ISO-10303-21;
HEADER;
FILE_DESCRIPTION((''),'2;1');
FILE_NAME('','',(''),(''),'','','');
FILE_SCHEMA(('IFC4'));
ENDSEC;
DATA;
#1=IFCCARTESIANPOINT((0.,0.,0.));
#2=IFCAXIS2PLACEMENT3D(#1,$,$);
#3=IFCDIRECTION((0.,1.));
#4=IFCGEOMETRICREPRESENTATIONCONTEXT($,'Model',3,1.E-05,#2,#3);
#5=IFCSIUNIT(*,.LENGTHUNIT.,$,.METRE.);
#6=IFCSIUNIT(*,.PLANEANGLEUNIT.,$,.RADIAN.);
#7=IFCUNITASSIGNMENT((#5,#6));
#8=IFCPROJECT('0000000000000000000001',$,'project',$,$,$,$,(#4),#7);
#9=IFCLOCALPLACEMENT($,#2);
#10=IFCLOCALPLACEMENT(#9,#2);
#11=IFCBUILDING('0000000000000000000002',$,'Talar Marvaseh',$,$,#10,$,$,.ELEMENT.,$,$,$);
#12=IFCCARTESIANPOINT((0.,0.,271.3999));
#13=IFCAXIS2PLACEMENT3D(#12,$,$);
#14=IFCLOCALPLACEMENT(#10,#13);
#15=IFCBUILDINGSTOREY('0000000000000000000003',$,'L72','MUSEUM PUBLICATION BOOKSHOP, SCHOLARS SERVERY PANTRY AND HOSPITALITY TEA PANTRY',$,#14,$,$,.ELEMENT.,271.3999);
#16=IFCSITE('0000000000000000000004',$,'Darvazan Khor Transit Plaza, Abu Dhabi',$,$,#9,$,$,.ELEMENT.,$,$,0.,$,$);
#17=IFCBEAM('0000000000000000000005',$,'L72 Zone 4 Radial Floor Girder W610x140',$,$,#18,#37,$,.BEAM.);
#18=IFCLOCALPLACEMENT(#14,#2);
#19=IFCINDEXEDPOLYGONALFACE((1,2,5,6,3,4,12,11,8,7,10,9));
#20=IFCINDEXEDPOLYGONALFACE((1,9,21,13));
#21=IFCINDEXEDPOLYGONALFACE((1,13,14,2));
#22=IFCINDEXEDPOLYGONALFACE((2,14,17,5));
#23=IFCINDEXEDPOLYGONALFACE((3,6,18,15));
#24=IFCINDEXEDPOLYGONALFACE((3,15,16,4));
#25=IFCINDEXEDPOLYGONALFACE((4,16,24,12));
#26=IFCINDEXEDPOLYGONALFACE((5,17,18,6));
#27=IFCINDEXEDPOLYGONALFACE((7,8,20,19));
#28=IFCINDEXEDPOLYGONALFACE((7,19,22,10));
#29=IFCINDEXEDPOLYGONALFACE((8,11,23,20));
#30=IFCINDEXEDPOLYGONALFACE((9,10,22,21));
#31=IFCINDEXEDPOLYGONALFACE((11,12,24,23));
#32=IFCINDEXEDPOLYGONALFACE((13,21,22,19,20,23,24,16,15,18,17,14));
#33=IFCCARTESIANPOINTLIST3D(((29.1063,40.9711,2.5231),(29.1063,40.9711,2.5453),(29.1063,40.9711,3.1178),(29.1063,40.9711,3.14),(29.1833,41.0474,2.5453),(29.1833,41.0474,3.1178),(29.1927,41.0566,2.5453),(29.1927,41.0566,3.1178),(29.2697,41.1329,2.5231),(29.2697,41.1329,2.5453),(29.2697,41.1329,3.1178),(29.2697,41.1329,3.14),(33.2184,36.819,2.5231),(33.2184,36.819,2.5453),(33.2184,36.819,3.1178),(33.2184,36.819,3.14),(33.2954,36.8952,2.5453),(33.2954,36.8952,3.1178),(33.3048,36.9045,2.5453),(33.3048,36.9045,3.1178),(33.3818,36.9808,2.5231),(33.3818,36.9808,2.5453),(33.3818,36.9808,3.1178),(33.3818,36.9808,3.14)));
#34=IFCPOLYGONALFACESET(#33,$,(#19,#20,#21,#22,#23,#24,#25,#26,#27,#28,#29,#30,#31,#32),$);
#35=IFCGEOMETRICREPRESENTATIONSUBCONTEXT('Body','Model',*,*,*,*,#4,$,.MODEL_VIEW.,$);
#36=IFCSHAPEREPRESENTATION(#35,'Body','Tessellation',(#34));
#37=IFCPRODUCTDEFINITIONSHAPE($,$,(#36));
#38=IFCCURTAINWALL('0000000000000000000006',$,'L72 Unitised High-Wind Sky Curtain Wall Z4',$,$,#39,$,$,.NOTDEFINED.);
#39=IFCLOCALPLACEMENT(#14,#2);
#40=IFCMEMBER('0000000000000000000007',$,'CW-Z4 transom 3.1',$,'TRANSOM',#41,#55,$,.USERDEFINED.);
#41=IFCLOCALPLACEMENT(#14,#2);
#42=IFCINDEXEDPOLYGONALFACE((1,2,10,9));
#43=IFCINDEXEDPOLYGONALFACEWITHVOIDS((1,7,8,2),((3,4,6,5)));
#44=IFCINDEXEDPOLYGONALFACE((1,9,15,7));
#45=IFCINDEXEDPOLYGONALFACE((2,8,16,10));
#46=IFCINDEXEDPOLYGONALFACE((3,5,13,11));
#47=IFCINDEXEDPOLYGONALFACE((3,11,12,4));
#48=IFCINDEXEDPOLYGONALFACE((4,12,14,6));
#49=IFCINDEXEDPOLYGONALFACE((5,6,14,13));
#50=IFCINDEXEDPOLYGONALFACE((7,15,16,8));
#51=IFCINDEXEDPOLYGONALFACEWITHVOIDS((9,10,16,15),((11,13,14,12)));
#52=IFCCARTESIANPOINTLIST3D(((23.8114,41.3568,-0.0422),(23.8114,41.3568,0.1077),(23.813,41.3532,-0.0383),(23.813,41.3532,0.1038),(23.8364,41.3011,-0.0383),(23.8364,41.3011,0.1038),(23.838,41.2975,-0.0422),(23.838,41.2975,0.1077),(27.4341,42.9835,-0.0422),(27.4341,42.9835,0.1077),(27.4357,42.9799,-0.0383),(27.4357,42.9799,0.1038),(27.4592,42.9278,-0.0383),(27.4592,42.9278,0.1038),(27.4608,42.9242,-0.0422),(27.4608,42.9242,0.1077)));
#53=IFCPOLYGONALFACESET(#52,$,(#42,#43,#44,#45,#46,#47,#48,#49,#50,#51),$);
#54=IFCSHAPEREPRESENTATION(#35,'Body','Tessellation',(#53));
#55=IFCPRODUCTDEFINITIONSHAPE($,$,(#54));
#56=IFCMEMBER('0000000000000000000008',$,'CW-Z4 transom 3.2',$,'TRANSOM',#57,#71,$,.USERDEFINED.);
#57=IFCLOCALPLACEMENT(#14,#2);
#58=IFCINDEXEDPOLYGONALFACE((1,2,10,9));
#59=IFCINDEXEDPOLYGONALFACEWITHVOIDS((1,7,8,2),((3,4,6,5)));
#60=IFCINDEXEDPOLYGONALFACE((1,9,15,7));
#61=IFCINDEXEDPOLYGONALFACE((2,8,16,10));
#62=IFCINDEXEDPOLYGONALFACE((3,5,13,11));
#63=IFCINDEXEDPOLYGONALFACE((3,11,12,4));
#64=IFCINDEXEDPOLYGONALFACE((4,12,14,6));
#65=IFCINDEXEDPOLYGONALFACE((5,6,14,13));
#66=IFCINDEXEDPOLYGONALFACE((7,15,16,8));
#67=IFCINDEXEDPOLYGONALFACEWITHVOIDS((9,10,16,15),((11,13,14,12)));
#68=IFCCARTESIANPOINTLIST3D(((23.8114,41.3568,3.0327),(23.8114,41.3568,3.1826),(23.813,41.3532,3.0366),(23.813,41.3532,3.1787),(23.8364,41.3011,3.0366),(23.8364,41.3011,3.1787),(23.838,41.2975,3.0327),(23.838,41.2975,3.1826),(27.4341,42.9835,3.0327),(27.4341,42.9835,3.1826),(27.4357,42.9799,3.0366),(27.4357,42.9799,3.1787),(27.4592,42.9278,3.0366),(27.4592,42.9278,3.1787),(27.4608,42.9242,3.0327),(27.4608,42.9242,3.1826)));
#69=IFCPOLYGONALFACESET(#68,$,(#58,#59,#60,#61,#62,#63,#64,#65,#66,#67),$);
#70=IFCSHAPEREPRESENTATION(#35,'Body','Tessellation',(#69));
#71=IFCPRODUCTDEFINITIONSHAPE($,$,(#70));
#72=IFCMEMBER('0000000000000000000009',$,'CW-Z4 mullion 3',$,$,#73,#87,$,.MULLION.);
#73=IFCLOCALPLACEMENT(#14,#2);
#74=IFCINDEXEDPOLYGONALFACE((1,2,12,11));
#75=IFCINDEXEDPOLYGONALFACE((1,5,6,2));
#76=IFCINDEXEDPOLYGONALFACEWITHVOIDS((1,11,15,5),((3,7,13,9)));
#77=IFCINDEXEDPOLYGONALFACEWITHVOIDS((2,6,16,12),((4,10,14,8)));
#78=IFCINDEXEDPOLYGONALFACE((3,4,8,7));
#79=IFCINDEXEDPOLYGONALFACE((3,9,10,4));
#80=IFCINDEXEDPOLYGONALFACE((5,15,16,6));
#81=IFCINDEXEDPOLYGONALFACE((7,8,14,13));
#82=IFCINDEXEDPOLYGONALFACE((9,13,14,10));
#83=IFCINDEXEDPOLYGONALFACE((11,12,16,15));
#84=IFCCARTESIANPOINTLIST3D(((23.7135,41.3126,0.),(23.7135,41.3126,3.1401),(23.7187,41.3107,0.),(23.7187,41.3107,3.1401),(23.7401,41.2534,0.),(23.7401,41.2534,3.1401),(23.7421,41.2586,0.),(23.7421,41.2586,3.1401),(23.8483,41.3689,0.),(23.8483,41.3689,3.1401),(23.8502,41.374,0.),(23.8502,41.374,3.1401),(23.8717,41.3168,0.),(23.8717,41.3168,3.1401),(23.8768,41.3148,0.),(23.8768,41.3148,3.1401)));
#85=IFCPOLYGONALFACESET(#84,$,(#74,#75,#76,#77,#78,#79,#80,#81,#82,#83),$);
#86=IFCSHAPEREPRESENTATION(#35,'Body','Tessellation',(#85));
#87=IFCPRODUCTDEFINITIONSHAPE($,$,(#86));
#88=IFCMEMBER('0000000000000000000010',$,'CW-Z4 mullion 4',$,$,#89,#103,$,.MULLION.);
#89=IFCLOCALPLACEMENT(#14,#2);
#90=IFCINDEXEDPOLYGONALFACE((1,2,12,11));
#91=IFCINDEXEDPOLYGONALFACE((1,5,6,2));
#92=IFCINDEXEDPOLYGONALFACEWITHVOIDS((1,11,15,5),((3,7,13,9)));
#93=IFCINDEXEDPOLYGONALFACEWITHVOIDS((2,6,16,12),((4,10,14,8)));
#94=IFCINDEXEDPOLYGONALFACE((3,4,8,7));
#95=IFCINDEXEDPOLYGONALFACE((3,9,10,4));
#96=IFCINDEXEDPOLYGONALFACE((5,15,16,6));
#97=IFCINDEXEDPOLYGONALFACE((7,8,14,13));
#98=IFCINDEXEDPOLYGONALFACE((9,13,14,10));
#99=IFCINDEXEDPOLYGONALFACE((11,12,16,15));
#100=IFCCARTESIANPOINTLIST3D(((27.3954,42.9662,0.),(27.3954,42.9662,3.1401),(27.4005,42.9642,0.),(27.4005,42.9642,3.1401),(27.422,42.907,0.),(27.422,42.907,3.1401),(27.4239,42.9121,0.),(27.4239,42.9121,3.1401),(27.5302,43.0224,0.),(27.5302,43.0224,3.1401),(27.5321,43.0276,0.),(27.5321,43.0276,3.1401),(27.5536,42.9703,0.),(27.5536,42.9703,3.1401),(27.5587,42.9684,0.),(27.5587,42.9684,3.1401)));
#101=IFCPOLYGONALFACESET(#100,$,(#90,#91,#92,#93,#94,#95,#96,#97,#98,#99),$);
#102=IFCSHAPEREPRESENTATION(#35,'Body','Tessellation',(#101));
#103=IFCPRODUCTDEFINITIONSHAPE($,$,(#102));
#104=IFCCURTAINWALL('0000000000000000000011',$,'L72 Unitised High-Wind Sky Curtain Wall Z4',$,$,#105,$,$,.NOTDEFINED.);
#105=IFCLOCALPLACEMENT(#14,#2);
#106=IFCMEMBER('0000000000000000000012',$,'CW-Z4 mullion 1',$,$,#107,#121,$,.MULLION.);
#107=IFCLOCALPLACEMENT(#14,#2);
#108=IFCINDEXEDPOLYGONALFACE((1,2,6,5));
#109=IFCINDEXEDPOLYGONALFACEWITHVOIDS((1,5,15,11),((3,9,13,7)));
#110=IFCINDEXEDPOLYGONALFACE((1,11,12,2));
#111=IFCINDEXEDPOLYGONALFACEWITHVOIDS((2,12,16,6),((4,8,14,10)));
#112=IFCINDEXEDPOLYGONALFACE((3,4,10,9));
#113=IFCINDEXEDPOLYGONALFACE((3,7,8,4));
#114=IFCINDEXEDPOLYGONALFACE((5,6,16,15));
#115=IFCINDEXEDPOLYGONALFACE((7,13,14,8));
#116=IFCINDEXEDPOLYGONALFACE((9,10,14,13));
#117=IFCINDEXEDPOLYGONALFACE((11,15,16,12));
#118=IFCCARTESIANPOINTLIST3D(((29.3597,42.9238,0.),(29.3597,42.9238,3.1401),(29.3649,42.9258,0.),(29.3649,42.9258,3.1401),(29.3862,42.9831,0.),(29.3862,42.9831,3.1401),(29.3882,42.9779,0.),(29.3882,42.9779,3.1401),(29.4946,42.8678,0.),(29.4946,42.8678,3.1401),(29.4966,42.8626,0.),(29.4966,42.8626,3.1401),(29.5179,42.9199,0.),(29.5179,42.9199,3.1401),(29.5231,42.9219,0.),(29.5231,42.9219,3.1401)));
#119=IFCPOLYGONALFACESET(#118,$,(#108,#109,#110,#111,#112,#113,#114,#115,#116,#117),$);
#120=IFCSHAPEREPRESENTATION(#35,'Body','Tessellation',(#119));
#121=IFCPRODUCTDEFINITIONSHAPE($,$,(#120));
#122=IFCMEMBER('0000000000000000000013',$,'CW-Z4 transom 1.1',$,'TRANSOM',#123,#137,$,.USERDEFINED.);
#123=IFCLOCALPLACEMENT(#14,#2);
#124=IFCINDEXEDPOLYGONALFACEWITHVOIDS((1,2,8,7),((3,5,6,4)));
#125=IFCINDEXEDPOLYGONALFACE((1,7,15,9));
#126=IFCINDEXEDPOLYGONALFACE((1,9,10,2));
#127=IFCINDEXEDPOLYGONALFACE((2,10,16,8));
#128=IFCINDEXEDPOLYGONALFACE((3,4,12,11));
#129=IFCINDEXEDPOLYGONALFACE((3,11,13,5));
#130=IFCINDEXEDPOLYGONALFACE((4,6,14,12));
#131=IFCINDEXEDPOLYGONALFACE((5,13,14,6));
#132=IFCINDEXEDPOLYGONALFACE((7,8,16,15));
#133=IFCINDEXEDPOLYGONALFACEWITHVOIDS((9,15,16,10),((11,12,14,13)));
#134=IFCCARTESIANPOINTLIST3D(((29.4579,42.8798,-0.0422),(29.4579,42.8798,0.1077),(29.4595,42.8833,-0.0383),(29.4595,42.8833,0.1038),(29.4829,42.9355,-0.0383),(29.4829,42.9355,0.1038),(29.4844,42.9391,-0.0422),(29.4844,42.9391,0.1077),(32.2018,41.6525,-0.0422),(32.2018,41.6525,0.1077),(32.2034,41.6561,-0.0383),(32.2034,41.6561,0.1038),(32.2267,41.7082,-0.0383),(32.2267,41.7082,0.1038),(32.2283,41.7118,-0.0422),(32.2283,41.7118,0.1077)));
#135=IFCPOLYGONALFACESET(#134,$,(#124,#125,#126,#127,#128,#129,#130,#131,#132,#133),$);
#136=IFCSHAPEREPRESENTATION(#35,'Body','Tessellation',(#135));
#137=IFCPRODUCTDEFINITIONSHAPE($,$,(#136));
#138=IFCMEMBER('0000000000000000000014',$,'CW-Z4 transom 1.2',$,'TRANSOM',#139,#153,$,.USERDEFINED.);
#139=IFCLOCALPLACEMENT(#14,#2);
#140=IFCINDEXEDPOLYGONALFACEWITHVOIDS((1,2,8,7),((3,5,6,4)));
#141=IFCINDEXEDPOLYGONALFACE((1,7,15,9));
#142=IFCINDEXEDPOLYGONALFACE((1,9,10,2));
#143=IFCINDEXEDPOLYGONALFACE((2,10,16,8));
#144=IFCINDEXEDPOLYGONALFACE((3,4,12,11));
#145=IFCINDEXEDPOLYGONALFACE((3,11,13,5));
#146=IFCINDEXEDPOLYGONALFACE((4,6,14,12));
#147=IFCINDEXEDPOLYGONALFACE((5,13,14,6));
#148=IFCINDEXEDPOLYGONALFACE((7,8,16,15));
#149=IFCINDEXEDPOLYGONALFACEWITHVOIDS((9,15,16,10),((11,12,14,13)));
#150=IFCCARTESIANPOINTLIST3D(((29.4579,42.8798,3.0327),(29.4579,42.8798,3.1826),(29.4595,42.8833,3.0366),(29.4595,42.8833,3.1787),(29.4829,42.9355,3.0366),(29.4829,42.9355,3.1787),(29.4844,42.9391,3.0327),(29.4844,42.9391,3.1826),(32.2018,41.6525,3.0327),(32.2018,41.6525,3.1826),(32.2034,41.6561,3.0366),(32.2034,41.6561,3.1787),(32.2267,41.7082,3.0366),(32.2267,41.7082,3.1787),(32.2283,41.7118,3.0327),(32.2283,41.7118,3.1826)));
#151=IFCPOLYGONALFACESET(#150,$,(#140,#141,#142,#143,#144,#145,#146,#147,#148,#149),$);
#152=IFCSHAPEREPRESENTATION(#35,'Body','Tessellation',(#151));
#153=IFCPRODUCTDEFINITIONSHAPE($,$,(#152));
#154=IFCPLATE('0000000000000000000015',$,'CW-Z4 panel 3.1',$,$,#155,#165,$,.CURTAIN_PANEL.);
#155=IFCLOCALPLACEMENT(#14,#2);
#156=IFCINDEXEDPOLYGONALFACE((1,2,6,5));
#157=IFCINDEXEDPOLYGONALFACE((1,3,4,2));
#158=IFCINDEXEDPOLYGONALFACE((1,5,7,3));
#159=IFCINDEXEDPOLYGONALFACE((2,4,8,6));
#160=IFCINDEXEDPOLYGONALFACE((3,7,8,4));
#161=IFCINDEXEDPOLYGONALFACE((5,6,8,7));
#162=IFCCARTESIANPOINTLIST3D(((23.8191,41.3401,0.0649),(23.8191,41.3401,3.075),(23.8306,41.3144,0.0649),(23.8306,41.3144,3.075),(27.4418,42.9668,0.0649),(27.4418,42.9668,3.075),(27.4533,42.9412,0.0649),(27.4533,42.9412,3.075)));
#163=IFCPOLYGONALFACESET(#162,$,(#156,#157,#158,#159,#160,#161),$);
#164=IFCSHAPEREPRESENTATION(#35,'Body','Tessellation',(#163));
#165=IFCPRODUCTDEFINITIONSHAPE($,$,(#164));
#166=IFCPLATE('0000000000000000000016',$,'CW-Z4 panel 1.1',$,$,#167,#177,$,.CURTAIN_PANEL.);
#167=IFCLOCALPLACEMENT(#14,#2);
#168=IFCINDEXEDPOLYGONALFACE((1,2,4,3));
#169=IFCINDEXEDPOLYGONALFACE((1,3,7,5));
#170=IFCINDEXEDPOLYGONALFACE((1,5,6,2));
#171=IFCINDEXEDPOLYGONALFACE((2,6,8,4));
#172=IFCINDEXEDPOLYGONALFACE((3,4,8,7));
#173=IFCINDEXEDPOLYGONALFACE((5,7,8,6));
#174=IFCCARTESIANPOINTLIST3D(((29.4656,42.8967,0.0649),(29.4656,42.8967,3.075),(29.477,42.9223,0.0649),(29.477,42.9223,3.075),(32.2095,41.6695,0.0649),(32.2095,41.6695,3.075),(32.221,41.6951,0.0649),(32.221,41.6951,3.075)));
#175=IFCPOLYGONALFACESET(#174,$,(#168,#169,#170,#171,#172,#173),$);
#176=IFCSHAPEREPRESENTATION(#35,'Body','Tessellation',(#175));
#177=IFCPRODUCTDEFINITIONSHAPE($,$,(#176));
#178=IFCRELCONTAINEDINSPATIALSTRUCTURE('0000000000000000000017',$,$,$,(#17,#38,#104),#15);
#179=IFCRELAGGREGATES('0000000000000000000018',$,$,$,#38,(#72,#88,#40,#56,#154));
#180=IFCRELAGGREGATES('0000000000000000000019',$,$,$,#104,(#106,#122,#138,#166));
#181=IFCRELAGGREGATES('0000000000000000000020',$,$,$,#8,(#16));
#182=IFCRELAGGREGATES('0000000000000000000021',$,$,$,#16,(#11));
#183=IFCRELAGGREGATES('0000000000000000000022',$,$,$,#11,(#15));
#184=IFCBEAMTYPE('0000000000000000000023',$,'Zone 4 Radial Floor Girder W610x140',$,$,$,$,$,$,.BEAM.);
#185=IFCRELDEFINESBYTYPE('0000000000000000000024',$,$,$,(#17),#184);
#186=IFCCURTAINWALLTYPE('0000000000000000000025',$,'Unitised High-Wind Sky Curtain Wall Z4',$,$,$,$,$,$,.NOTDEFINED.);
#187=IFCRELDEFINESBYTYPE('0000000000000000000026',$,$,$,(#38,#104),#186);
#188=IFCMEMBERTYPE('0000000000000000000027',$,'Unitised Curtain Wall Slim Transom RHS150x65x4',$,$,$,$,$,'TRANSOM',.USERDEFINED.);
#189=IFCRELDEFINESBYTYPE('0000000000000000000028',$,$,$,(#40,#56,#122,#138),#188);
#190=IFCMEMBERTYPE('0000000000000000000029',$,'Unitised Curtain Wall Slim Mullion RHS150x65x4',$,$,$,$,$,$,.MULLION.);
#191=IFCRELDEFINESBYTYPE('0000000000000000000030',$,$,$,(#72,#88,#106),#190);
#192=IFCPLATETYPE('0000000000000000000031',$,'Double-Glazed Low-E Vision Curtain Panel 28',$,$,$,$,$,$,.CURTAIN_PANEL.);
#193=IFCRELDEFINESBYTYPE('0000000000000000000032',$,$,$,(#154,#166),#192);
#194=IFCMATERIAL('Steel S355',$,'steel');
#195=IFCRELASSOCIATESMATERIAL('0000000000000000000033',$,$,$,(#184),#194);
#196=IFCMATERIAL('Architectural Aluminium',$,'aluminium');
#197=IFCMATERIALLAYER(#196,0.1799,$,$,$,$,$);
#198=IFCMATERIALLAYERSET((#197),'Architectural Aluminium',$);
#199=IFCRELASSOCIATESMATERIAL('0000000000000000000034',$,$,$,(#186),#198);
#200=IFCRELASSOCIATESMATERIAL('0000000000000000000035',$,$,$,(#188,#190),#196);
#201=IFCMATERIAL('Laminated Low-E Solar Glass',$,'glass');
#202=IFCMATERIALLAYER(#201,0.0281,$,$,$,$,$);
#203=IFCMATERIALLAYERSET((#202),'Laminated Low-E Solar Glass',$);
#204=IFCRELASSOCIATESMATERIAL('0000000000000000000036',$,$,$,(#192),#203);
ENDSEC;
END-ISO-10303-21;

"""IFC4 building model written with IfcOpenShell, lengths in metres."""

from ifc_helpers import new_model, si_unit, direction, frame, origin, origin_2d, place, context, subcontext, project, spatial, rectangle, hollow_rectangle, i_section, extrude, source, transform, mapped, material, layer, layer_set, material_profile, profile_set, type_object, type_shapes, element, aggregate, save


model = new_model("IFC4")

# Units and contexts
model_context = context("Model", 3, precision=1e-05, world=origin(), true_north=direction((0.0, 1.0)))
body_context = subcontext(model_context, "Body", "Model", "MODEL_VIEW")
ifc_project = project(units=[si_unit("LENGTHUNIT", "METRE"), si_unit("PLANEANGLEUNIT", "RADIAN")], contexts=[model_context])

# Site, building, storey
site_placement = place(None, origin())
site = spatial("IfcSite", under=ifc_project, at=site_placement, Name="Darvazan Khor Transit Plaza, Abu Dhabi", CompositionType="ELEMENT", RefElevation=0.0)
building_placement = place(site_placement, origin())
building = spatial("IfcBuilding", under=site, at=building_placement, Name="Talar Marvaseh", CompositionType="ELEMENT")
storey_placement = place(building_placement, frame((0.0, 0.0, 271.3999)))
storey = spatial("IfcBuildingStorey", under=building, at=storey_placement, Name="L72", Description="MUSEUM PUBLICATION BOOKSHOP, SCHOLARS SERVERY PANTRY AND HOSPITALITY TEA PANTRY", CompositionType="ELEMENT", Elevation=271.3999)

# Beam
ifc_material_1 = material(Name="Steel S355", Category="steel")
ifc_material_profile_1 = material_profile(ifc_material_1, i_section(OverallWidth=0.23, OverallDepth=0.6169, WebThickness=0.0132, FlangeThickness=0.0222, at=origin_2d()), Name="W610x140")
ifc_profile_set_1 = profile_set([ifc_material_profile_1], Name="Steel S355")
beam_type = type_object("IfcBeamType", Name="Zone 4 Radial Floor Girder W610x140", PredefinedType="BEAM", material=ifc_profile_set_1)
beam_placement = place(storey_placement, frame((29.188, 41.052, 2.8315), z_axis=(0.703673, -0.710524, 0.0), x_axis=(0.710524, 0.703673, 0.0)))
element("IfcBeam", 1, at=beam_placement, inside=storey, type_object=beam_type, Name="L72 Zone 4 Radial Floor Girder W610x140", PredefinedType="BEAM", context=body_context, shape_type="SweptSolid", body=[
    extrude(i_section(OverallWidth=0.23, OverallDepth=0.6169, WebThickness=0.0132, FlangeThickness=0.0222, at=origin_2d()), origin(), (0.0, 0.0, 1.0), 5.8438),
])

# Curtain walls, members
ifc_material_2 = material(Name="Architectural Aluminium", Category="aluminium")
ifc_layer_1 = layer(ifc_material_2, 0.1799)
ifc_layer_set_1 = layer_set([ifc_layer_1], Name="Architectural Aluminium")
curtain_wall_type = type_object("IfcCurtainWallType", Name="Unitised High-Wind Sky Curtain Wall Z4", PredefinedType="NOTDEFINED", material=ifc_layer_set_1)
curtain_wall_1_placement = place(storey_placement, origin())
curtain_wall_1 = element("IfcCurtainWall", 2, at=curtain_wall_1_placement, inside=storey, type_object=curtain_wall_type, Name="L72 Unitised High-Wind Sky Curtain Wall Z4", PredefinedType="NOTDEFINED")
ifc_material_profile_2 = material_profile(ifc_material_2, hollow_rectangle(XDim=0.0649, YDim=0.1499, WallThickness=0.0039, at=origin_2d()), Name="RHS150x65x4")
ifc_profile_set_2 = profile_set([ifc_material_profile_2], Name="Architectural Aluminium")
member_type_1 = type_object("IfcMemberType", Name="Unitised Curtain Wall Slim Transom RHS150x65x4", ElementType="TRANSOM", PredefinedType="USERDEFINED", material=ifc_profile_set_2)
shared_shape_1 = source(origin(), body_context, "Body", "SweptSolid", [
    extrude(hollow_rectangle(XDim=0.0649, YDim=0.1499, WallThickness=0.0039, at=origin_2d()), origin(), (0.0, 0.0, 1.0), 3.9712),
])
member_1_placement = place(storey_placement, frame((23.8247, 41.3271, 0.0327), z_axis=(0.912256, 0.409621, 0.0), x_axis=(-0.409621, 0.912256, 0.0)))
member_1 = element("IfcMember", 3, at=member_1_placement, type_object=member_type_1, Name="CW-Z4 transom 3.1", ObjectType="TRANSOM", PredefinedType="USERDEFINED", context=body_context, shape_type="MappedRepresentation", body=[
    mapped(shared_shape_1, transform((0.0, 0.0, 0.0), x_axis=(1.0, 0.0, 0.0), y_axis=(0.0, 1.0, 0.0), z_axis=(0.0, 0.0, 1.0), scale=1.0)),
])
member_2_placement = place(storey_placement, frame((23.8247, 41.3271, 3.1077), z_axis=(0.912256, 0.409621, 0.0), x_axis=(-0.409621, 0.912256, 0.0)))
member_2 = element("IfcMember", 4, at=member_2_placement, type_object=member_type_1, Name="CW-Z4 transom 3.2", ObjectType="TRANSOM", PredefinedType="USERDEFINED", context=body_context, shape_type="MappedRepresentation", body=[
    mapped(shared_shape_1, transform((0.0, 0.0, 0.0), x_axis=(1.0, 0.0, 0.0), y_axis=(0.0, 1.0, 0.0), z_axis=(0.0, 0.0, 1.0), scale=1.0)),
])
ifc_material_profile_3 = material_profile(ifc_material_2, hollow_rectangle(XDim=0.0649, YDim=0.1499, WallThickness=0.0039, at=origin_2d()), Name="RHS150x65x4")
ifc_profile_set_3 = profile_set([ifc_material_profile_3], Name="Architectural Aluminium")
member_type_2 = type_object("IfcMemberType", Name="Unitised Curtain Wall Slim Mullion RHS150x65x4", PredefinedType="MULLION", material=ifc_profile_set_3)
shared_shape_2 = source(origin(), body_context, "Body", "SweptSolid", [
    extrude(hollow_rectangle(XDim=0.0649, YDim=0.1499, WallThickness=0.0039, at=origin_2d()), origin(), (0.0, 0.0, 1.0), 3.1401),
])
type_shapes(member_type_2, [shared_shape_2])
member_3_placement = place(storey_placement, frame((23.7952, 41.3137, 0.0), z_axis=(0.0, 0.0, 1.0), x_axis=(-0.409635, 0.912249, 0.0)))
member_3 = element("IfcMember", 5, at=member_3_placement, type_object=member_type_2, Name="CW-Z4 mullion 3", PredefinedType="MULLION", context=body_context, shape_type="MappedRepresentation", body=[
    mapped(shared_shape_2, transform((0.0, 0.0, 0.0), x_axis=(1.0, 0.0, 0.0), y_axis=(0.0, 1.0, 0.0), z_axis=(0.0, 0.0, 1.0), scale=1.0)),
])
member_4_placement = place(storey_placement, frame((27.4771, 42.9673, 0.0), z_axis=(0.0, 0.0, 1.0), x_axis=(-0.409635, 0.912249, 0.0)))
member_4 = element("IfcMember", 6, at=member_4_placement, type_object=member_type_2, Name="CW-Z4 mullion 4", PredefinedType="MULLION", context=body_context, shape_type="MappedRepresentation", body=[
    mapped(shared_shape_2, transform((0.0, 0.0, 0.0), x_axis=(1.0, 0.0, 0.0), y_axis=(0.0, 1.0, 0.0), z_axis=(0.0, 0.0, 1.0), scale=1.0)),
])
curtain_wall_2_placement = place(storey_placement, origin())
curtain_wall_2 = element("IfcCurtainWall", 7, at=curtain_wall_2_placement, inside=storey, type_object=curtain_wall_type, Name="L72 Unitised High-Wind Sky Curtain Wall Z4", PredefinedType="NOTDEFINED")
member_5_placement = place(storey_placement, frame((29.4414, 42.9229, 0.0), z_axis=(0.0, 0.0, 1.0), x_axis=(0.408265, 0.912864, 0.0)))
member_5 = element("IfcMember", 8, at=member_5_placement, type_object=member_type_2, Name="CW-Z4 mullion 1", PredefinedType="MULLION", context=body_context, shape_type="MappedRepresentation", body=[
    mapped(shared_shape_2, transform((0.0, 0.0, 0.0), x_axis=(1.0, 0.0, 0.0), y_axis=(0.0, 1.0, 0.0), z_axis=(0.0, 0.0, 1.0), scale=1.0)),
])
shared_shape_3 = source(origin(), body_context, "Body", "SweptSolid", [
    extrude(hollow_rectangle(XDim=0.0649, YDim=0.1499, WallThickness=0.0039, at=origin_2d()), origin(), (0.0, 0.0, 1.0), 3.0059),
])
type_shapes(member_type_1, [shared_shape_1, shared_shape_3])
member_6_placement = place(storey_placement, frame((29.4712, 42.9094, 0.0327), z_axis=(0.912848, -0.4083, 0.0), x_axis=(0.4083, 0.912848, 0.0)))
member_6 = element("IfcMember", 9, at=member_6_placement, type_object=member_type_1, Name="CW-Z4 transom 1.1", ObjectType="TRANSOM", PredefinedType="USERDEFINED", context=body_context, shape_type="MappedRepresentation", body=[
    mapped(shared_shape_3, transform((0.0, 0.0, 0.0), x_axis=(1.0, 0.0, 0.0), y_axis=(0.0, 1.0, 0.0), z_axis=(0.0, 0.0, 1.0), scale=1.0)),
])
member_7_placement = place(storey_placement, frame((29.4712, 42.9094, 3.1077), z_axis=(0.912848, -0.4083, 0.0), x_axis=(0.4083, 0.912848, 0.0)))
member_7 = element("IfcMember", 10, at=member_7_placement, type_object=member_type_1, Name="CW-Z4 transom 1.2", ObjectType="TRANSOM", PredefinedType="USERDEFINED", context=body_context, shape_type="MappedRepresentation", body=[
    mapped(shared_shape_3, transform((0.0, 0.0, 0.0), x_axis=(1.0, 0.0, 0.0), y_axis=(0.0, 1.0, 0.0), z_axis=(0.0, 0.0, 1.0), scale=1.0)),
])

# Plates
ifc_material_3 = material(Name="Laminated Low-E Solar Glass", Category="glass")
ifc_layer_2 = layer(ifc_material_3, 0.0281)
ifc_layer_set_2 = layer_set([ifc_layer_2], Name="Laminated Low-E Solar Glass")
plate_type = type_object("IfcPlateType", Name="Double-Glazed Low-E Vision Curtain Panel 28", PredefinedType="CURTAIN_PANEL", material=ifc_layer_set_2)
shared_shape_4 = source(origin(), body_context, "Body", "SweptSolid", [
    extrude(rectangle(XDim=3.9712, YDim=0.0281, at=origin_2d()), origin(), (0.0, 0.0, 1.0), 3.01),
])
plate_1_placement = place(storey_placement, frame((25.6362, 42.1406, 0.0649), z_axis=(0.0, 0.0, 1.0), x_axis=(0.912249, 0.409635, 0.0)))
plate_1 = element("IfcPlate", 11, at=plate_1_placement, type_object=plate_type, Name="CW-Z4 panel 3.1", PredefinedType="CURTAIN_PANEL", context=body_context, shape_type="MappedRepresentation", body=[
    mapped(shared_shape_4, transform((0.0, 0.0, 0.0), x_axis=(1.0, 0.0, 0.0), y_axis=(0.0, 1.0, 0.0), z_axis=(0.0, 0.0, 1.0), scale=1.0)),
])
aggregate(curtain_wall_1, [member_3, member_4, member_1, member_2, plate_1])
shared_shape_5 = source(origin(), body_context, "Body", "SweptSolid", [
    extrude(rectangle(XDim=3.0059, YDim=0.0281, at=origin_2d()), origin(), (0.0, 0.0, 1.0), 3.01),
])
type_shapes(plate_type, [shared_shape_4, shared_shape_5])
plate_2_placement = place(storey_placement, frame((30.8433, 42.2959, 0.0649), z_axis=(0.0, 0.0, 1.0), x_axis=(0.912864, -0.408265, 0.0)))
plate_2 = element("IfcPlate", 12, at=plate_2_placement, type_object=plate_type, Name="CW-Z4 panel 1.1", PredefinedType="CURTAIN_PANEL", context=body_context, shape_type="MappedRepresentation", body=[
    mapped(shared_shape_5, transform((0.0, 0.0, 0.0), x_axis=(1.0, 0.0, 0.0), y_axis=(0.0, 1.0, 0.0), z_axis=(0.0, 0.0, 1.0), scale=1.0)),
])
aggregate(curtain_wall_2, [member_5, member_6, member_7, plate_2])

save(model, "model.ifc")
